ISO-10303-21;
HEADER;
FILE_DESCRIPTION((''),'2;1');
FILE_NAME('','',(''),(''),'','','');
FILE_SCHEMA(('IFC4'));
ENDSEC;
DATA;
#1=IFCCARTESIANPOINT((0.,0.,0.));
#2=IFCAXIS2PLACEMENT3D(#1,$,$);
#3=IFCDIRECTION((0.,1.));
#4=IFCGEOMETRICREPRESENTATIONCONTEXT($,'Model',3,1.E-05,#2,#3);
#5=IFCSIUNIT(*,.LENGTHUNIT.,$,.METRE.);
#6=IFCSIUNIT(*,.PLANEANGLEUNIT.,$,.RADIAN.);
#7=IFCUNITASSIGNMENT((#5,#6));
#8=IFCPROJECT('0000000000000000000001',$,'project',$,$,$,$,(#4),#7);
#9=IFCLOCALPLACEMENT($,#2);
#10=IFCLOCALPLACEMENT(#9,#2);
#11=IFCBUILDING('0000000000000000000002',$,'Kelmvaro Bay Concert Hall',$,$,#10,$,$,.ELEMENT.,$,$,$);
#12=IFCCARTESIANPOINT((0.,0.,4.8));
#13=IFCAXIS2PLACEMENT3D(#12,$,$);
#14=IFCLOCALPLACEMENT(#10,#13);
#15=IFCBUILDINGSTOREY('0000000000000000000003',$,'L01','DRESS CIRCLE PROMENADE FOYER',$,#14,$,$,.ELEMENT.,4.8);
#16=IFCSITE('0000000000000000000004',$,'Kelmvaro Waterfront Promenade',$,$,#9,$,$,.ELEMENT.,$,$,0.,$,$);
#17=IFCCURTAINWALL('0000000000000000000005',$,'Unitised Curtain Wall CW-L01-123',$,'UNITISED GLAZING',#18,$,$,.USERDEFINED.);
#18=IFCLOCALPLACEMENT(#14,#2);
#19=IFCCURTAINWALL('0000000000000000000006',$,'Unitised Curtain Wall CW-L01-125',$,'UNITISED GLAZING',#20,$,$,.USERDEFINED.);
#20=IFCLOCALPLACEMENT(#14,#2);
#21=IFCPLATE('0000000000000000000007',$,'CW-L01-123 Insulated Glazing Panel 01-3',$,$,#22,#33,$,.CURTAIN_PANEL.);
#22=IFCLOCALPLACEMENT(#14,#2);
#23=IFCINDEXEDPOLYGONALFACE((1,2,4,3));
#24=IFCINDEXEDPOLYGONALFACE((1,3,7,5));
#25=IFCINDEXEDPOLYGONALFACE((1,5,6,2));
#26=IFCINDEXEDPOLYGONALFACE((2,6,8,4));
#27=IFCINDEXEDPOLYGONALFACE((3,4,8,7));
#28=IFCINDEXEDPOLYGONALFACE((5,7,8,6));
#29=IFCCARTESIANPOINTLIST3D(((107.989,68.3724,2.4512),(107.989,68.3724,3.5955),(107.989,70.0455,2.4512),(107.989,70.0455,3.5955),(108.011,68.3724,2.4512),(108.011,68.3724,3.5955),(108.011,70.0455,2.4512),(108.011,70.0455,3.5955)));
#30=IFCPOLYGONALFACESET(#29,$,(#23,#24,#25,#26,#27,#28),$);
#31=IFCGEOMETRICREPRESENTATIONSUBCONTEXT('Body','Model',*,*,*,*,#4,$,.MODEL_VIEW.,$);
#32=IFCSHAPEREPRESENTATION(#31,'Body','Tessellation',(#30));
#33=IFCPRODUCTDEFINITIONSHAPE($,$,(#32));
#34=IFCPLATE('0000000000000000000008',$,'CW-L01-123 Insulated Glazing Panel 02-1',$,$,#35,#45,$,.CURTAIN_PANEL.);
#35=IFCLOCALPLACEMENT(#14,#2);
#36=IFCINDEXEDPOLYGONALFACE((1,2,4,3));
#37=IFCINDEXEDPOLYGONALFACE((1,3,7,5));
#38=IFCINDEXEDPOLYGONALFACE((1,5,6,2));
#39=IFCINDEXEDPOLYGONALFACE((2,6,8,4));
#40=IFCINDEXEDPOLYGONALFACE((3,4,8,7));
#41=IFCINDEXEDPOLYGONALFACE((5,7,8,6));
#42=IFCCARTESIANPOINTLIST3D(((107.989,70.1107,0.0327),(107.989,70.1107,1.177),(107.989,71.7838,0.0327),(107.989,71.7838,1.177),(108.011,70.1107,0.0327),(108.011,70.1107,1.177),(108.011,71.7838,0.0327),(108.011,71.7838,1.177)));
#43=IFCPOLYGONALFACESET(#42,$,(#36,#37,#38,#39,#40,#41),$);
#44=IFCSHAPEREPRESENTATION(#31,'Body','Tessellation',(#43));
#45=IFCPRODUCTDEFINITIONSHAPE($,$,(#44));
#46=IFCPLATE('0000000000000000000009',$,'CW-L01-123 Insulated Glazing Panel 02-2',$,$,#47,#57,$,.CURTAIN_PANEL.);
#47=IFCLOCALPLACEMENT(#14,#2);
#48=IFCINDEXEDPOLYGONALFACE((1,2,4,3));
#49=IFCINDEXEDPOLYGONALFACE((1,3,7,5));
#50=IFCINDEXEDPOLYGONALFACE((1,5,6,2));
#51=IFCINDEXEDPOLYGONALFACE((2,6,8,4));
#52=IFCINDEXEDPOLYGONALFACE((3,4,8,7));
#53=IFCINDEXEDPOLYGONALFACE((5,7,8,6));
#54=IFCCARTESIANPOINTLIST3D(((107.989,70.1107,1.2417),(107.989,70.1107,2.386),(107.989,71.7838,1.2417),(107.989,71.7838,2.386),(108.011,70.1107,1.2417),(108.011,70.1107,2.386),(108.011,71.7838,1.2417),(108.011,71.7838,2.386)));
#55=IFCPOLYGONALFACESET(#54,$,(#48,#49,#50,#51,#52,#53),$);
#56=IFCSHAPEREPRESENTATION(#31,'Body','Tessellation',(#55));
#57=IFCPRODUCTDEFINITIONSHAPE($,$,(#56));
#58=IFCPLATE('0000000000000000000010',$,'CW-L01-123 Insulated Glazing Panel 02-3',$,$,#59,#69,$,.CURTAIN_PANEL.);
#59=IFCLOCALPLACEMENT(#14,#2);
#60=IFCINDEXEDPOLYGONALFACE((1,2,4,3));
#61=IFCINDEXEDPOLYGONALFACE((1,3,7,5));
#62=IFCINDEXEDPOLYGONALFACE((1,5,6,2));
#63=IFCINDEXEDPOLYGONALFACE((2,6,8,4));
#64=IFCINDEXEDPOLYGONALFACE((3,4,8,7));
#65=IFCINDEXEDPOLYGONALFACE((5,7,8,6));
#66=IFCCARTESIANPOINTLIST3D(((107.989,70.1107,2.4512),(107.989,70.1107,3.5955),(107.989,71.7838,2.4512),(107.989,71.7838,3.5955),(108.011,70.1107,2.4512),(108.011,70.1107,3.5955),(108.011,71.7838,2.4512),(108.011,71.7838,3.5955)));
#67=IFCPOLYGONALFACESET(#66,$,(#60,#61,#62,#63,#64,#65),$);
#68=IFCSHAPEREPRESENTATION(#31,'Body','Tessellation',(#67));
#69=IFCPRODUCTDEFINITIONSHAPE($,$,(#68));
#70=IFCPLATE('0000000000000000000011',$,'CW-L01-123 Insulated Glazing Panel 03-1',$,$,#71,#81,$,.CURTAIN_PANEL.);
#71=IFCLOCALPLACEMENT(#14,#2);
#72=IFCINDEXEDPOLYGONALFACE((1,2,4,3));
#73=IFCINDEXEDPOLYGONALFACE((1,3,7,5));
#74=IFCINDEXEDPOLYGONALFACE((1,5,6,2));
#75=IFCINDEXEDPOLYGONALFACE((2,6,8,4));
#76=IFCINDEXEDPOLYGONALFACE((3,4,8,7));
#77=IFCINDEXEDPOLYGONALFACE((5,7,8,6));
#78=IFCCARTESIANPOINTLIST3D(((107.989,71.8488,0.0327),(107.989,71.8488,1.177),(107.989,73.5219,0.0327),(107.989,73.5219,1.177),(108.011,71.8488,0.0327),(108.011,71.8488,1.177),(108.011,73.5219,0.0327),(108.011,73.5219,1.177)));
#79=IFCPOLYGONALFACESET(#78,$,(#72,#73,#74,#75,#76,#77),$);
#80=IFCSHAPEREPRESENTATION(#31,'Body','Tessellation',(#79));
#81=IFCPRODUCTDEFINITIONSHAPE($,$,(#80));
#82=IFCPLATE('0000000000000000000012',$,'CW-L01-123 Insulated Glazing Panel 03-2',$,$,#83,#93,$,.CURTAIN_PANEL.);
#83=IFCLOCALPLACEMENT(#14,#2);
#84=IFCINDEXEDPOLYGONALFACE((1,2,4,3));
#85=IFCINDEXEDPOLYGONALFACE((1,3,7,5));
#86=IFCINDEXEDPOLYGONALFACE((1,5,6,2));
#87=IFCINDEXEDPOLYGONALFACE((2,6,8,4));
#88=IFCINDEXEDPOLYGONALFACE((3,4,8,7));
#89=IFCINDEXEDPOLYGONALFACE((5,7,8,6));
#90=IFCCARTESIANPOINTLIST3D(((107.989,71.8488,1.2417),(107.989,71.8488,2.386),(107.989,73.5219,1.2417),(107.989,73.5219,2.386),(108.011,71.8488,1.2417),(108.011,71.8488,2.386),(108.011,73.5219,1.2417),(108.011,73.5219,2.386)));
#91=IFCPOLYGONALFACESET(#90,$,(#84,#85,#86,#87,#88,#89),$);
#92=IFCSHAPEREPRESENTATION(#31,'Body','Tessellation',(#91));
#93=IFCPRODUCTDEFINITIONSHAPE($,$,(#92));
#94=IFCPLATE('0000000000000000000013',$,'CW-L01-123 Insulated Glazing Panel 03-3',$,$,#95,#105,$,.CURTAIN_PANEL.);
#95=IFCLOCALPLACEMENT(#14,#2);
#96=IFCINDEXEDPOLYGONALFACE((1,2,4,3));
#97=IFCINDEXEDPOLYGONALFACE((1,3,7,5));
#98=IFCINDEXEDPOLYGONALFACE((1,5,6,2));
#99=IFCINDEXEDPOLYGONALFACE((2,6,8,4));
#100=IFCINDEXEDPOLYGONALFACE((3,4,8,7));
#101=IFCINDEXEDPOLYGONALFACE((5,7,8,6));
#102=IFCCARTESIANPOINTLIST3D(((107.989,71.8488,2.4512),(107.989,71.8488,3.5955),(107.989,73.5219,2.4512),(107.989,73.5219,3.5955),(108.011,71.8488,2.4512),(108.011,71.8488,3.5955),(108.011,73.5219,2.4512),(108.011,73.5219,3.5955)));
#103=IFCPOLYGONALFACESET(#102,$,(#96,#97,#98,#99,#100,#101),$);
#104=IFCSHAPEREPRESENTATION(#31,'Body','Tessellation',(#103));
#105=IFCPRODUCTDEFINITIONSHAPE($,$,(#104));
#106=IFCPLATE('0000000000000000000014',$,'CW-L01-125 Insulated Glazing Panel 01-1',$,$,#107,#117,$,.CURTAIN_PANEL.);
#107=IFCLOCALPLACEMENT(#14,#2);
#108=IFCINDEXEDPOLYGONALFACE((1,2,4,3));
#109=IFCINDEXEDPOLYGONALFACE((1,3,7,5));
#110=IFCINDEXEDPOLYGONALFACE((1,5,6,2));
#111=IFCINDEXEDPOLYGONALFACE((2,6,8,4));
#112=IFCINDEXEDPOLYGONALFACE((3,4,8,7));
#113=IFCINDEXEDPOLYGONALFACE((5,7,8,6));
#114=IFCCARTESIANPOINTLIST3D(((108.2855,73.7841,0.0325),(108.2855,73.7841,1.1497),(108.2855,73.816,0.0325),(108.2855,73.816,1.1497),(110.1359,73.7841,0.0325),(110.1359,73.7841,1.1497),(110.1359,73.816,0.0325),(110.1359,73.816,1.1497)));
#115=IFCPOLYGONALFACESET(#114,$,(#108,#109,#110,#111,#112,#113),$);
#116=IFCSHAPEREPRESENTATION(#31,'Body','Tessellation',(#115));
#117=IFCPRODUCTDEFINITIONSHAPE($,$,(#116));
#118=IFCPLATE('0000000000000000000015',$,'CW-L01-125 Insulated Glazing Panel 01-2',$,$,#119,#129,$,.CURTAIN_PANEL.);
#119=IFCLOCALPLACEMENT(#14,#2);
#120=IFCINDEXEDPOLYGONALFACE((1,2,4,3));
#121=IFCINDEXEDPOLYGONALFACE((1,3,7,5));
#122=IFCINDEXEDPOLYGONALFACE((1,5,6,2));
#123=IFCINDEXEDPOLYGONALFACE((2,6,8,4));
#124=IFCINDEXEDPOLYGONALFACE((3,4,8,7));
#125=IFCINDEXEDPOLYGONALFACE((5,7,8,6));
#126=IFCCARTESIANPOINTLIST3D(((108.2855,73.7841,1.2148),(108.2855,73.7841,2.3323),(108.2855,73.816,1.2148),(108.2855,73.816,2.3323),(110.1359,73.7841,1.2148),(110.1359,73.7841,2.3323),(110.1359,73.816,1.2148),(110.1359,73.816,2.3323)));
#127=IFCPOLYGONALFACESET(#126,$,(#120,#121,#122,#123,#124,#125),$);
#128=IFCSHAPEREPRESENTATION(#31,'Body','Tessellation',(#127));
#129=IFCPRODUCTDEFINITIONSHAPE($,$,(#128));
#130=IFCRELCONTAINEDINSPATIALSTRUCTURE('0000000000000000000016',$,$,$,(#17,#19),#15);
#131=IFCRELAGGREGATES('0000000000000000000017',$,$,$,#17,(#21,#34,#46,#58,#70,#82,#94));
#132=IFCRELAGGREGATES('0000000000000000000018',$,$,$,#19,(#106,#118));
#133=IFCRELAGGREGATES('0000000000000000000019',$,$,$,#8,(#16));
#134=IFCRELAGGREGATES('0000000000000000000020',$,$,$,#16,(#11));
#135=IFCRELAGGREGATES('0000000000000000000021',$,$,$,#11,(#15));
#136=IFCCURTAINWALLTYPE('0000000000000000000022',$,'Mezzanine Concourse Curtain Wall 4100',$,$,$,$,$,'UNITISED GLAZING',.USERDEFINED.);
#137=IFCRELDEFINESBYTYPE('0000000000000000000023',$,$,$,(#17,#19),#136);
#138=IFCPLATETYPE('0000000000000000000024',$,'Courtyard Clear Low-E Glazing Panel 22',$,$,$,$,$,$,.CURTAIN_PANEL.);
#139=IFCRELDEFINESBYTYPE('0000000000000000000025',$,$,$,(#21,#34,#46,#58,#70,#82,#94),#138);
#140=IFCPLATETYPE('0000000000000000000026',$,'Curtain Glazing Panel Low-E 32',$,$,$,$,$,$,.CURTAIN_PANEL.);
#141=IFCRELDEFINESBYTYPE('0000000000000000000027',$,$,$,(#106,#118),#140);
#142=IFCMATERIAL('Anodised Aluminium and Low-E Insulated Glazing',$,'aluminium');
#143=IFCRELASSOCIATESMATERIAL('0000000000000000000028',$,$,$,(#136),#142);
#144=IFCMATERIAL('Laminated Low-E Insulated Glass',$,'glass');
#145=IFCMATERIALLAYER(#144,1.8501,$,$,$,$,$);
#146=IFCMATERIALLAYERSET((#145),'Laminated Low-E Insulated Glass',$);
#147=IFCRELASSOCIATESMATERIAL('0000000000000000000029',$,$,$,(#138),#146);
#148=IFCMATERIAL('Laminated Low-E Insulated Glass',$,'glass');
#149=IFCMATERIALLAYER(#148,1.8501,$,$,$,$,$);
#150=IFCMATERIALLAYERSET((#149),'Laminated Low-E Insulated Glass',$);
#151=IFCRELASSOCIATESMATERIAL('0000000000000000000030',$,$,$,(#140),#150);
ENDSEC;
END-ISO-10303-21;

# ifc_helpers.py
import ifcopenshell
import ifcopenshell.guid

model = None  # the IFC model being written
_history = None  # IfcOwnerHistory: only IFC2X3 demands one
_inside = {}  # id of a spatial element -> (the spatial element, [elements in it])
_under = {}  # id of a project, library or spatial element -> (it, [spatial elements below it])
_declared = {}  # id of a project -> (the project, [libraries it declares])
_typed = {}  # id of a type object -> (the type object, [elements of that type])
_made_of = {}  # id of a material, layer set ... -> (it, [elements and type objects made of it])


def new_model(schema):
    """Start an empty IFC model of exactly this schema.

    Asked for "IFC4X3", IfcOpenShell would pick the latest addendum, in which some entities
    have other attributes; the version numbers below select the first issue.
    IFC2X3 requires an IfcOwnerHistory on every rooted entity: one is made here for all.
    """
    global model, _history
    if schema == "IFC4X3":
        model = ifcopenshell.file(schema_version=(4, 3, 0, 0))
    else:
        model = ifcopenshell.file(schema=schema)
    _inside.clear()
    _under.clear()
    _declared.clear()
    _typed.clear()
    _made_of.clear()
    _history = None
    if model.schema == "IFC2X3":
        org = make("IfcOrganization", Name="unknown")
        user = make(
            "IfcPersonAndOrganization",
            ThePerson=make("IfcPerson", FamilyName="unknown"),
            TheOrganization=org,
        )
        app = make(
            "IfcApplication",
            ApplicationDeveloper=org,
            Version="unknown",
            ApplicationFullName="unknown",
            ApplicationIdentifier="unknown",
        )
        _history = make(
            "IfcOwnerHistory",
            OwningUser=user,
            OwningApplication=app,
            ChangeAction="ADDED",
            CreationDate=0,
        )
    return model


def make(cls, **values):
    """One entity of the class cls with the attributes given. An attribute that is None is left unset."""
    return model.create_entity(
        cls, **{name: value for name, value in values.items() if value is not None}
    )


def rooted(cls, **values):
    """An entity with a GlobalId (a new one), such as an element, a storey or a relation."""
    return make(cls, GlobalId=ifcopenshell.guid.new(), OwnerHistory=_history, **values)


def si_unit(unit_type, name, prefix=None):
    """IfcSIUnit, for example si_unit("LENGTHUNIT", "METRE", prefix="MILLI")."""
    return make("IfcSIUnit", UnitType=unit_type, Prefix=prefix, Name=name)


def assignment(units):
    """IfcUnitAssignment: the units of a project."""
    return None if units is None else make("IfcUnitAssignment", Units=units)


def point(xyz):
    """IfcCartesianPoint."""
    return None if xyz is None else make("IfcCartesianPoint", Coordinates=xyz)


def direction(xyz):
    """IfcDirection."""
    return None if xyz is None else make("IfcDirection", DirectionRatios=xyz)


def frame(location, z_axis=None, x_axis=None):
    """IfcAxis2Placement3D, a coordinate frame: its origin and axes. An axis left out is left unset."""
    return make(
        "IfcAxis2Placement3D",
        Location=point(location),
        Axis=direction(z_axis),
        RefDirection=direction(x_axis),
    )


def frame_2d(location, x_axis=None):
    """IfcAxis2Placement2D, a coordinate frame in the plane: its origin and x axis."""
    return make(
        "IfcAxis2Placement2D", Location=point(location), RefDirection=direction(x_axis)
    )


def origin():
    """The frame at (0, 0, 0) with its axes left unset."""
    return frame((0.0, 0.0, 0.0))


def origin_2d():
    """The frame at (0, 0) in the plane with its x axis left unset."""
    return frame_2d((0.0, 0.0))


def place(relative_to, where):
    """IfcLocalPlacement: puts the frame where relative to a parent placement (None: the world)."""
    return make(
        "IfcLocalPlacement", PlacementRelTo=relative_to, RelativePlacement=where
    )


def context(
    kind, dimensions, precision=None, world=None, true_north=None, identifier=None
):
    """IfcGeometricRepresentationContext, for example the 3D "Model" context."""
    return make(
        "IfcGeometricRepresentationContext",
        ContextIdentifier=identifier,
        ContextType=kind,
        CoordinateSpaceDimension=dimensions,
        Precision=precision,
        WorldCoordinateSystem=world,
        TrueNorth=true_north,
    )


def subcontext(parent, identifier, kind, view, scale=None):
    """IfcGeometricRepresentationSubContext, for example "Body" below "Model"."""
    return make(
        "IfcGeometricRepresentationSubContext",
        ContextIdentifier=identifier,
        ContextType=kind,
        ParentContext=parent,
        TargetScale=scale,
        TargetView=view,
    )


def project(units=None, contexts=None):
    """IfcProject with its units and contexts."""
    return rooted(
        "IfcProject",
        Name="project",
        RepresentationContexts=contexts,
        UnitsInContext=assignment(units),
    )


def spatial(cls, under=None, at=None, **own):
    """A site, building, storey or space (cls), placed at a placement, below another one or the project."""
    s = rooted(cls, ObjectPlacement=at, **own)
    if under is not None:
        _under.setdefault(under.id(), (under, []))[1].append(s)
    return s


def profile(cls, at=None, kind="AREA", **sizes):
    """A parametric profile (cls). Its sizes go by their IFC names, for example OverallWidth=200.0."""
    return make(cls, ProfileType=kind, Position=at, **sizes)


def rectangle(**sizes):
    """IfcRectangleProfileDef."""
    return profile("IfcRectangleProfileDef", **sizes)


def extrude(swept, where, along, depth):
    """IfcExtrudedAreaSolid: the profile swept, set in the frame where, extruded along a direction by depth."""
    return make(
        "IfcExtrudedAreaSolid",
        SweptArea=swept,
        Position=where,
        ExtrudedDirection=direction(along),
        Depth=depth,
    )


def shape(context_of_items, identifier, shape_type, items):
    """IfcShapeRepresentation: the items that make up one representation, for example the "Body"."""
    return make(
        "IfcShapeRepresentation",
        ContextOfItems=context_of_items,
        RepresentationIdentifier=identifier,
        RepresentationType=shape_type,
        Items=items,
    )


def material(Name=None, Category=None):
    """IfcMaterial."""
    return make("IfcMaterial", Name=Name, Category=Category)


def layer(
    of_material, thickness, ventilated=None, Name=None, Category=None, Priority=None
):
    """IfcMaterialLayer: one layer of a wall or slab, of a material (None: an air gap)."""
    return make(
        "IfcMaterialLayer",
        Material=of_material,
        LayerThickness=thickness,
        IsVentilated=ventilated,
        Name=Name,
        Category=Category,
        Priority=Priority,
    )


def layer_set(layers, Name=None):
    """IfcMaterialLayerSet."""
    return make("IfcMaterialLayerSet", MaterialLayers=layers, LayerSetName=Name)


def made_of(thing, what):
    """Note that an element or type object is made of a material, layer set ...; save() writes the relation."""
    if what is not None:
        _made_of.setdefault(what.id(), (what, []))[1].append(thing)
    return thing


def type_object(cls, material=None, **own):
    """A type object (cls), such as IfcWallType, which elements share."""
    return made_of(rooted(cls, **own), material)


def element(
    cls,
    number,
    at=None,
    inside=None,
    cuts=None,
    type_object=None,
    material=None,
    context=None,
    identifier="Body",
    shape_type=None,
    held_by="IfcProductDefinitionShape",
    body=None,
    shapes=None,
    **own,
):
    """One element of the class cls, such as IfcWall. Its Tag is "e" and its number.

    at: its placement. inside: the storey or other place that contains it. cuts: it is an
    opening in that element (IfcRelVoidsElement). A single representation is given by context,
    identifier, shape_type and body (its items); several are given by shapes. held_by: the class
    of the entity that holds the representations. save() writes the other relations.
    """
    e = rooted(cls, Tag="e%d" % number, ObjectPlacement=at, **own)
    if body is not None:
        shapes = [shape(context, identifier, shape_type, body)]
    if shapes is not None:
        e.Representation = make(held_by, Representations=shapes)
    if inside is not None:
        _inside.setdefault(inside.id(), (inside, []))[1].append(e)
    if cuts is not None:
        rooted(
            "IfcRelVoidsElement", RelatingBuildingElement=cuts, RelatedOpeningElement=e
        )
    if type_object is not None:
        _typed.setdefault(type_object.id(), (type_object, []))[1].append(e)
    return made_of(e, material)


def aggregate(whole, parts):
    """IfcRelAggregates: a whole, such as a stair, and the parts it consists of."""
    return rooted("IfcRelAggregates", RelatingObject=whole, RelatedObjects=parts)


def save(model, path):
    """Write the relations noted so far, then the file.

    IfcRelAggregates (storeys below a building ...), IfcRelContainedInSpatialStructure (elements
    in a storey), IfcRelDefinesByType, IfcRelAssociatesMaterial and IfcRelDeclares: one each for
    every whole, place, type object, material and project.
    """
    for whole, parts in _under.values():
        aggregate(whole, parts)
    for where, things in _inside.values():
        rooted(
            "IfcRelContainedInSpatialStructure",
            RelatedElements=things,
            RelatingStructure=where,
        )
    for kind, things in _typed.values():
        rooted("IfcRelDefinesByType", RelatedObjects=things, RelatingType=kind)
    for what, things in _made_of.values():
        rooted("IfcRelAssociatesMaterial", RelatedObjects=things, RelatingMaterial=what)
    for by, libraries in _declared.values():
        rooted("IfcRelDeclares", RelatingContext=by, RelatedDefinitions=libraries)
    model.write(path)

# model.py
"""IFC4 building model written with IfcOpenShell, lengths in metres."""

from ifc_helpers import new_model, si_unit, direction, frame, origin, origin_2d, place, context, subcontext, project, spatial, rectangle, extrude, material, layer, layer_set, type_object, element, aggregate, save


model = new_model("IFC4")

# Units and contexts
model_context = context("Model", 3, precision=1e-05, world=origin(), true_north=direction((0.0, 1.0)))
body_context = subcontext(model_context, "Body", "Model", "MODEL_VIEW")
ifc_project = project(units=[si_unit("LENGTHUNIT", "METRE"), si_unit("PLANEANGLEUNIT", "RADIAN")], contexts=[model_context])

# Site, building, storey
site_placement = place(None, origin())
site = spatial("IfcSite", under=ifc_project, at=site_placement, Name="Kelmvaro Waterfront Promenade", CompositionType="ELEMENT", RefElevation=0.0)
building_placement = place(site_placement, origin())
building = spatial("IfcBuilding", under=site, at=building_placement, Name="Kelmvaro Bay Concert Hall", CompositionType="ELEMENT")
storey_placement = place(building_placement, frame((0.0, 0.0, 4.8)))
storey = spatial("IfcBuildingStorey", under=building, at=storey_placement, Name="L01", Description="DRESS CIRCLE PROMENADE FOYER", CompositionType="ELEMENT", Elevation=4.8)

# Curtain wall
ifc_material_1 = material(Name="Anodised Aluminium and Low-E Insulated Glazing", Category="aluminium")
curtain_wall_type = type_object("IfcCurtainWallType", Name="Mezzanine Concourse Curtain Wall 4100", ElementType="UNITISED GLAZING", PredefinedType="USERDEFINED", material=ifc_material_1)
curtain_wall_1_placement = place(storey_placement, origin())
curtain_wall_1 = element("IfcCurtainWall", 1, at=curtain_wall_1_placement, inside=storey, type_object=curtain_wall_type, Name="Unitised Curtain Wall CW-L01-123", ObjectType="UNITISED GLAZING", PredefinedType="USERDEFINED")

# Curtain wall
curtain_wall_2_placement = place(storey_placement, origin())
curtain_wall_2 = element("IfcCurtainWall", 2, at=curtain_wall_2_placement, inside=storey, type_object=curtain_wall_type, Name="Unitised Curtain Wall CW-L01-125", ObjectType="UNITISED GLAZING", PredefinedType="USERDEFINED")

# Plates
ifc_material_2 = material(Name="Laminated Low-E Insulated Glass", Category="glass")
ifc_layer_1 = layer(ifc_material_2, 1.8501)
ifc_layer_set_1 = layer_set([ifc_layer_1], Name="Laminated Low-E Insulated Glass")
plate_type_1 = type_object("IfcPlateType", Name="Courtyard Clear Low-E Glazing Panel 22", PredefinedType="CURTAIN_PANEL", material=ifc_layer_set_1)
plate_1_placement = place(storey_placement, frame((108.0, 69.209, 2.4512), z_axis=(0.0, 0.0, 1.0), x_axis=(0.0, 1.0, 0.0)))
plate_1 = element("IfcPlate", 3, at=plate_1_placement, type_object=plate_type_1, Name="CW-L01-123 Insulated Glazing Panel 01-3", PredefinedType="CURTAIN_PANEL", context=body_context, shape_type="SweptSolid", body=[
    extrude(rectangle(XDim=1.6731, YDim=0.022, at=origin_2d()), origin(), (0.0, 0.0, 1.0), 1.1443),
])
plate_2_placement = place(storey_placement, frame((108.0, 70.9473, 0.0327), z_axis=(0.0, 0.0, 1.0), x_axis=(0.0, 1.0, 0.0)))
plate_2 = element("IfcPlate", 4, at=plate_2_placement, type_object=plate_type_1, Name="CW-L01-123 Insulated Glazing Panel 02-1", PredefinedType="CURTAIN_PANEL", context=body_context, shape_type="SweptSolid", body=[
    extrude(rectangle(XDim=1.6731, YDim=0.022, at=origin_2d()), origin(), (0.0, 0.0, 1.0), 1.1443),
])
plate_3_placement = place(storey_placement, frame((108.0, 70.9473, 1.2417), z_axis=(0.0, 0.0, 1.0), x_axis=(0.0, 1.0, 0.0)))
plate_3 = element("IfcPlate", 5, at=plate_3_placement, type_object=plate_type_1, Name="CW-L01-123 Insulated Glazing Panel 02-2", PredefinedType="CURTAIN_PANEL", context=body_context, shape_type="SweptSolid", body=[
    extrude(rectangle(XDim=1.6731, YDim=0.022, at=origin_2d()), origin(), (0.0, 0.0, 1.0), 1.1443),
])
plate_4_placement = place(storey_placement, frame((108.0, 70.9473, 2.4512), z_axis=(0.0, 0.0, 1.0), x_axis=(0.0, 1.0, 0.0)))
plate_4 = element("IfcPlate", 6, at=plate_4_placement, type_object=plate_type_1, Name="CW-L01-123 Insulated Glazing Panel 02-3", PredefinedType="CURTAIN_PANEL", context=body_context, shape_type="SweptSolid", body=[
    extrude(rectangle(XDim=1.6731, YDim=0.022, at=origin_2d()), origin(), (0.0, 0.0, 1.0), 1.1443),
])
plate_5_placement = place(storey_placement, frame((108.0, 72.6853, 0.0327), z_axis=(0.0, 0.0, 1.0), x_axis=(0.0, 1.0, 0.0)))
plate_5 = element("IfcPlate", 7, at=plate_5_placement, type_object=plate_type_1, Name="CW-L01-123 Insulated Glazing Panel 03-1", PredefinedType="CURTAIN_PANEL", context=body_context, shape_type="SweptSolid", body=[
    extrude(rectangle(XDim=1.6731, YDim=0.022, at=origin_2d()), origin(), (0.0, 0.0, 1.0), 1.1443),
])
plate_6_placement = place(storey_placement, frame((108.0, 72.6853, 1.2417), z_axis=(0.0, 0.0, 1.0), x_axis=(0.0, 1.0, 0.0)))
plate_6 = element("IfcPlate", 8, at=plate_6_placement, type_object=plate_type_1, Name="CW-L01-123 Insulated Glazing Panel 03-2", PredefinedType="CURTAIN_PANEL", context=body_context, shape_type="SweptSolid", body=[
    extrude(rectangle(XDim=1.6731, YDim=0.022, at=origin_2d()), origin(), (0.0, 0.0, 1.0), 1.1443),
])
plate_7_placement = place(storey_placement, frame((108.0, 72.6853, 2.4512), z_axis=(0.0, 0.0, 1.0), x_axis=(0.0, 1.0, 0.0)))
plate_7 = element("IfcPlate", 9, at=plate_7_placement, type_object=plate_type_1, Name="CW-L01-123 Insulated Glazing Panel 03-3", PredefinedType="CURTAIN_PANEL", context=body_context, shape_type="SweptSolid", body=[
    extrude(rectangle(XDim=1.6731, YDim=0.022, at=origin_2d()), origin(), (0.0, 0.0, 1.0), 1.1443),
])
aggregate(curtain_wall_1, [plate_1, plate_2, plate_3, plate_4, plate_5, plate_6, plate_7])
ifc_material_3 = material(Name="Laminated Low-E Insulated Glass", Category="glass")
ifc_layer_2 = layer(ifc_material_3, 1.8501)
ifc_layer_set_2 = layer_set([ifc_layer_2], Name="Laminated Low-E Insulated Glass")
plate_type_2 = type_object("IfcPlateType", Name="Curtain Glazing Panel Low-E 32", PredefinedType="CURTAIN_PANEL", material=ifc_layer_set_2)
plate_8_placement = place(storey_placement, frame((109.2107, 73.8, 0.0325), z_axis=(0.0, 0.0, 1.0), x_axis=(1.0, 0.0, 0.0)))
plate_8 = element("IfcPlate", 10, at=plate_8_placement, type_object=plate_type_2, Name="CW-L01-125 Insulated Glazing Panel 01-1", PredefinedType="CURTAIN_PANEL", context=body_context, shape_type="SweptSolid", body=[
    extrude(rectangle(XDim=1.8503, YDim=0.032, at=origin_2d()), origin(), (0.0, 0.0, 1.0), 1.1172),
])
plate_9_placement = place(storey_placement, frame((109.2107, 73.8, 1.2148), z_axis=(0.0, 0.0, 1.0), x_axis=(1.0, 0.0, 0.0)))
plate_9 = element("IfcPlate", 11, at=plate_9_placement, type_object=plate_type_2, Name="CW-L01-125 Insulated Glazing Panel 01-2", PredefinedType="CURTAIN_PANEL", context=body_context, shape_type="SweptSolid", body=[
    extrude(rectangle(XDim=1.8503, YDim=0.032, at=origin_2d()), origin(), (0.0, 0.0, 1.0), 1.1174),
])
aggregate(curtain_wall_2, [plate_8, plate_9])

save(model, "model.ifc")
